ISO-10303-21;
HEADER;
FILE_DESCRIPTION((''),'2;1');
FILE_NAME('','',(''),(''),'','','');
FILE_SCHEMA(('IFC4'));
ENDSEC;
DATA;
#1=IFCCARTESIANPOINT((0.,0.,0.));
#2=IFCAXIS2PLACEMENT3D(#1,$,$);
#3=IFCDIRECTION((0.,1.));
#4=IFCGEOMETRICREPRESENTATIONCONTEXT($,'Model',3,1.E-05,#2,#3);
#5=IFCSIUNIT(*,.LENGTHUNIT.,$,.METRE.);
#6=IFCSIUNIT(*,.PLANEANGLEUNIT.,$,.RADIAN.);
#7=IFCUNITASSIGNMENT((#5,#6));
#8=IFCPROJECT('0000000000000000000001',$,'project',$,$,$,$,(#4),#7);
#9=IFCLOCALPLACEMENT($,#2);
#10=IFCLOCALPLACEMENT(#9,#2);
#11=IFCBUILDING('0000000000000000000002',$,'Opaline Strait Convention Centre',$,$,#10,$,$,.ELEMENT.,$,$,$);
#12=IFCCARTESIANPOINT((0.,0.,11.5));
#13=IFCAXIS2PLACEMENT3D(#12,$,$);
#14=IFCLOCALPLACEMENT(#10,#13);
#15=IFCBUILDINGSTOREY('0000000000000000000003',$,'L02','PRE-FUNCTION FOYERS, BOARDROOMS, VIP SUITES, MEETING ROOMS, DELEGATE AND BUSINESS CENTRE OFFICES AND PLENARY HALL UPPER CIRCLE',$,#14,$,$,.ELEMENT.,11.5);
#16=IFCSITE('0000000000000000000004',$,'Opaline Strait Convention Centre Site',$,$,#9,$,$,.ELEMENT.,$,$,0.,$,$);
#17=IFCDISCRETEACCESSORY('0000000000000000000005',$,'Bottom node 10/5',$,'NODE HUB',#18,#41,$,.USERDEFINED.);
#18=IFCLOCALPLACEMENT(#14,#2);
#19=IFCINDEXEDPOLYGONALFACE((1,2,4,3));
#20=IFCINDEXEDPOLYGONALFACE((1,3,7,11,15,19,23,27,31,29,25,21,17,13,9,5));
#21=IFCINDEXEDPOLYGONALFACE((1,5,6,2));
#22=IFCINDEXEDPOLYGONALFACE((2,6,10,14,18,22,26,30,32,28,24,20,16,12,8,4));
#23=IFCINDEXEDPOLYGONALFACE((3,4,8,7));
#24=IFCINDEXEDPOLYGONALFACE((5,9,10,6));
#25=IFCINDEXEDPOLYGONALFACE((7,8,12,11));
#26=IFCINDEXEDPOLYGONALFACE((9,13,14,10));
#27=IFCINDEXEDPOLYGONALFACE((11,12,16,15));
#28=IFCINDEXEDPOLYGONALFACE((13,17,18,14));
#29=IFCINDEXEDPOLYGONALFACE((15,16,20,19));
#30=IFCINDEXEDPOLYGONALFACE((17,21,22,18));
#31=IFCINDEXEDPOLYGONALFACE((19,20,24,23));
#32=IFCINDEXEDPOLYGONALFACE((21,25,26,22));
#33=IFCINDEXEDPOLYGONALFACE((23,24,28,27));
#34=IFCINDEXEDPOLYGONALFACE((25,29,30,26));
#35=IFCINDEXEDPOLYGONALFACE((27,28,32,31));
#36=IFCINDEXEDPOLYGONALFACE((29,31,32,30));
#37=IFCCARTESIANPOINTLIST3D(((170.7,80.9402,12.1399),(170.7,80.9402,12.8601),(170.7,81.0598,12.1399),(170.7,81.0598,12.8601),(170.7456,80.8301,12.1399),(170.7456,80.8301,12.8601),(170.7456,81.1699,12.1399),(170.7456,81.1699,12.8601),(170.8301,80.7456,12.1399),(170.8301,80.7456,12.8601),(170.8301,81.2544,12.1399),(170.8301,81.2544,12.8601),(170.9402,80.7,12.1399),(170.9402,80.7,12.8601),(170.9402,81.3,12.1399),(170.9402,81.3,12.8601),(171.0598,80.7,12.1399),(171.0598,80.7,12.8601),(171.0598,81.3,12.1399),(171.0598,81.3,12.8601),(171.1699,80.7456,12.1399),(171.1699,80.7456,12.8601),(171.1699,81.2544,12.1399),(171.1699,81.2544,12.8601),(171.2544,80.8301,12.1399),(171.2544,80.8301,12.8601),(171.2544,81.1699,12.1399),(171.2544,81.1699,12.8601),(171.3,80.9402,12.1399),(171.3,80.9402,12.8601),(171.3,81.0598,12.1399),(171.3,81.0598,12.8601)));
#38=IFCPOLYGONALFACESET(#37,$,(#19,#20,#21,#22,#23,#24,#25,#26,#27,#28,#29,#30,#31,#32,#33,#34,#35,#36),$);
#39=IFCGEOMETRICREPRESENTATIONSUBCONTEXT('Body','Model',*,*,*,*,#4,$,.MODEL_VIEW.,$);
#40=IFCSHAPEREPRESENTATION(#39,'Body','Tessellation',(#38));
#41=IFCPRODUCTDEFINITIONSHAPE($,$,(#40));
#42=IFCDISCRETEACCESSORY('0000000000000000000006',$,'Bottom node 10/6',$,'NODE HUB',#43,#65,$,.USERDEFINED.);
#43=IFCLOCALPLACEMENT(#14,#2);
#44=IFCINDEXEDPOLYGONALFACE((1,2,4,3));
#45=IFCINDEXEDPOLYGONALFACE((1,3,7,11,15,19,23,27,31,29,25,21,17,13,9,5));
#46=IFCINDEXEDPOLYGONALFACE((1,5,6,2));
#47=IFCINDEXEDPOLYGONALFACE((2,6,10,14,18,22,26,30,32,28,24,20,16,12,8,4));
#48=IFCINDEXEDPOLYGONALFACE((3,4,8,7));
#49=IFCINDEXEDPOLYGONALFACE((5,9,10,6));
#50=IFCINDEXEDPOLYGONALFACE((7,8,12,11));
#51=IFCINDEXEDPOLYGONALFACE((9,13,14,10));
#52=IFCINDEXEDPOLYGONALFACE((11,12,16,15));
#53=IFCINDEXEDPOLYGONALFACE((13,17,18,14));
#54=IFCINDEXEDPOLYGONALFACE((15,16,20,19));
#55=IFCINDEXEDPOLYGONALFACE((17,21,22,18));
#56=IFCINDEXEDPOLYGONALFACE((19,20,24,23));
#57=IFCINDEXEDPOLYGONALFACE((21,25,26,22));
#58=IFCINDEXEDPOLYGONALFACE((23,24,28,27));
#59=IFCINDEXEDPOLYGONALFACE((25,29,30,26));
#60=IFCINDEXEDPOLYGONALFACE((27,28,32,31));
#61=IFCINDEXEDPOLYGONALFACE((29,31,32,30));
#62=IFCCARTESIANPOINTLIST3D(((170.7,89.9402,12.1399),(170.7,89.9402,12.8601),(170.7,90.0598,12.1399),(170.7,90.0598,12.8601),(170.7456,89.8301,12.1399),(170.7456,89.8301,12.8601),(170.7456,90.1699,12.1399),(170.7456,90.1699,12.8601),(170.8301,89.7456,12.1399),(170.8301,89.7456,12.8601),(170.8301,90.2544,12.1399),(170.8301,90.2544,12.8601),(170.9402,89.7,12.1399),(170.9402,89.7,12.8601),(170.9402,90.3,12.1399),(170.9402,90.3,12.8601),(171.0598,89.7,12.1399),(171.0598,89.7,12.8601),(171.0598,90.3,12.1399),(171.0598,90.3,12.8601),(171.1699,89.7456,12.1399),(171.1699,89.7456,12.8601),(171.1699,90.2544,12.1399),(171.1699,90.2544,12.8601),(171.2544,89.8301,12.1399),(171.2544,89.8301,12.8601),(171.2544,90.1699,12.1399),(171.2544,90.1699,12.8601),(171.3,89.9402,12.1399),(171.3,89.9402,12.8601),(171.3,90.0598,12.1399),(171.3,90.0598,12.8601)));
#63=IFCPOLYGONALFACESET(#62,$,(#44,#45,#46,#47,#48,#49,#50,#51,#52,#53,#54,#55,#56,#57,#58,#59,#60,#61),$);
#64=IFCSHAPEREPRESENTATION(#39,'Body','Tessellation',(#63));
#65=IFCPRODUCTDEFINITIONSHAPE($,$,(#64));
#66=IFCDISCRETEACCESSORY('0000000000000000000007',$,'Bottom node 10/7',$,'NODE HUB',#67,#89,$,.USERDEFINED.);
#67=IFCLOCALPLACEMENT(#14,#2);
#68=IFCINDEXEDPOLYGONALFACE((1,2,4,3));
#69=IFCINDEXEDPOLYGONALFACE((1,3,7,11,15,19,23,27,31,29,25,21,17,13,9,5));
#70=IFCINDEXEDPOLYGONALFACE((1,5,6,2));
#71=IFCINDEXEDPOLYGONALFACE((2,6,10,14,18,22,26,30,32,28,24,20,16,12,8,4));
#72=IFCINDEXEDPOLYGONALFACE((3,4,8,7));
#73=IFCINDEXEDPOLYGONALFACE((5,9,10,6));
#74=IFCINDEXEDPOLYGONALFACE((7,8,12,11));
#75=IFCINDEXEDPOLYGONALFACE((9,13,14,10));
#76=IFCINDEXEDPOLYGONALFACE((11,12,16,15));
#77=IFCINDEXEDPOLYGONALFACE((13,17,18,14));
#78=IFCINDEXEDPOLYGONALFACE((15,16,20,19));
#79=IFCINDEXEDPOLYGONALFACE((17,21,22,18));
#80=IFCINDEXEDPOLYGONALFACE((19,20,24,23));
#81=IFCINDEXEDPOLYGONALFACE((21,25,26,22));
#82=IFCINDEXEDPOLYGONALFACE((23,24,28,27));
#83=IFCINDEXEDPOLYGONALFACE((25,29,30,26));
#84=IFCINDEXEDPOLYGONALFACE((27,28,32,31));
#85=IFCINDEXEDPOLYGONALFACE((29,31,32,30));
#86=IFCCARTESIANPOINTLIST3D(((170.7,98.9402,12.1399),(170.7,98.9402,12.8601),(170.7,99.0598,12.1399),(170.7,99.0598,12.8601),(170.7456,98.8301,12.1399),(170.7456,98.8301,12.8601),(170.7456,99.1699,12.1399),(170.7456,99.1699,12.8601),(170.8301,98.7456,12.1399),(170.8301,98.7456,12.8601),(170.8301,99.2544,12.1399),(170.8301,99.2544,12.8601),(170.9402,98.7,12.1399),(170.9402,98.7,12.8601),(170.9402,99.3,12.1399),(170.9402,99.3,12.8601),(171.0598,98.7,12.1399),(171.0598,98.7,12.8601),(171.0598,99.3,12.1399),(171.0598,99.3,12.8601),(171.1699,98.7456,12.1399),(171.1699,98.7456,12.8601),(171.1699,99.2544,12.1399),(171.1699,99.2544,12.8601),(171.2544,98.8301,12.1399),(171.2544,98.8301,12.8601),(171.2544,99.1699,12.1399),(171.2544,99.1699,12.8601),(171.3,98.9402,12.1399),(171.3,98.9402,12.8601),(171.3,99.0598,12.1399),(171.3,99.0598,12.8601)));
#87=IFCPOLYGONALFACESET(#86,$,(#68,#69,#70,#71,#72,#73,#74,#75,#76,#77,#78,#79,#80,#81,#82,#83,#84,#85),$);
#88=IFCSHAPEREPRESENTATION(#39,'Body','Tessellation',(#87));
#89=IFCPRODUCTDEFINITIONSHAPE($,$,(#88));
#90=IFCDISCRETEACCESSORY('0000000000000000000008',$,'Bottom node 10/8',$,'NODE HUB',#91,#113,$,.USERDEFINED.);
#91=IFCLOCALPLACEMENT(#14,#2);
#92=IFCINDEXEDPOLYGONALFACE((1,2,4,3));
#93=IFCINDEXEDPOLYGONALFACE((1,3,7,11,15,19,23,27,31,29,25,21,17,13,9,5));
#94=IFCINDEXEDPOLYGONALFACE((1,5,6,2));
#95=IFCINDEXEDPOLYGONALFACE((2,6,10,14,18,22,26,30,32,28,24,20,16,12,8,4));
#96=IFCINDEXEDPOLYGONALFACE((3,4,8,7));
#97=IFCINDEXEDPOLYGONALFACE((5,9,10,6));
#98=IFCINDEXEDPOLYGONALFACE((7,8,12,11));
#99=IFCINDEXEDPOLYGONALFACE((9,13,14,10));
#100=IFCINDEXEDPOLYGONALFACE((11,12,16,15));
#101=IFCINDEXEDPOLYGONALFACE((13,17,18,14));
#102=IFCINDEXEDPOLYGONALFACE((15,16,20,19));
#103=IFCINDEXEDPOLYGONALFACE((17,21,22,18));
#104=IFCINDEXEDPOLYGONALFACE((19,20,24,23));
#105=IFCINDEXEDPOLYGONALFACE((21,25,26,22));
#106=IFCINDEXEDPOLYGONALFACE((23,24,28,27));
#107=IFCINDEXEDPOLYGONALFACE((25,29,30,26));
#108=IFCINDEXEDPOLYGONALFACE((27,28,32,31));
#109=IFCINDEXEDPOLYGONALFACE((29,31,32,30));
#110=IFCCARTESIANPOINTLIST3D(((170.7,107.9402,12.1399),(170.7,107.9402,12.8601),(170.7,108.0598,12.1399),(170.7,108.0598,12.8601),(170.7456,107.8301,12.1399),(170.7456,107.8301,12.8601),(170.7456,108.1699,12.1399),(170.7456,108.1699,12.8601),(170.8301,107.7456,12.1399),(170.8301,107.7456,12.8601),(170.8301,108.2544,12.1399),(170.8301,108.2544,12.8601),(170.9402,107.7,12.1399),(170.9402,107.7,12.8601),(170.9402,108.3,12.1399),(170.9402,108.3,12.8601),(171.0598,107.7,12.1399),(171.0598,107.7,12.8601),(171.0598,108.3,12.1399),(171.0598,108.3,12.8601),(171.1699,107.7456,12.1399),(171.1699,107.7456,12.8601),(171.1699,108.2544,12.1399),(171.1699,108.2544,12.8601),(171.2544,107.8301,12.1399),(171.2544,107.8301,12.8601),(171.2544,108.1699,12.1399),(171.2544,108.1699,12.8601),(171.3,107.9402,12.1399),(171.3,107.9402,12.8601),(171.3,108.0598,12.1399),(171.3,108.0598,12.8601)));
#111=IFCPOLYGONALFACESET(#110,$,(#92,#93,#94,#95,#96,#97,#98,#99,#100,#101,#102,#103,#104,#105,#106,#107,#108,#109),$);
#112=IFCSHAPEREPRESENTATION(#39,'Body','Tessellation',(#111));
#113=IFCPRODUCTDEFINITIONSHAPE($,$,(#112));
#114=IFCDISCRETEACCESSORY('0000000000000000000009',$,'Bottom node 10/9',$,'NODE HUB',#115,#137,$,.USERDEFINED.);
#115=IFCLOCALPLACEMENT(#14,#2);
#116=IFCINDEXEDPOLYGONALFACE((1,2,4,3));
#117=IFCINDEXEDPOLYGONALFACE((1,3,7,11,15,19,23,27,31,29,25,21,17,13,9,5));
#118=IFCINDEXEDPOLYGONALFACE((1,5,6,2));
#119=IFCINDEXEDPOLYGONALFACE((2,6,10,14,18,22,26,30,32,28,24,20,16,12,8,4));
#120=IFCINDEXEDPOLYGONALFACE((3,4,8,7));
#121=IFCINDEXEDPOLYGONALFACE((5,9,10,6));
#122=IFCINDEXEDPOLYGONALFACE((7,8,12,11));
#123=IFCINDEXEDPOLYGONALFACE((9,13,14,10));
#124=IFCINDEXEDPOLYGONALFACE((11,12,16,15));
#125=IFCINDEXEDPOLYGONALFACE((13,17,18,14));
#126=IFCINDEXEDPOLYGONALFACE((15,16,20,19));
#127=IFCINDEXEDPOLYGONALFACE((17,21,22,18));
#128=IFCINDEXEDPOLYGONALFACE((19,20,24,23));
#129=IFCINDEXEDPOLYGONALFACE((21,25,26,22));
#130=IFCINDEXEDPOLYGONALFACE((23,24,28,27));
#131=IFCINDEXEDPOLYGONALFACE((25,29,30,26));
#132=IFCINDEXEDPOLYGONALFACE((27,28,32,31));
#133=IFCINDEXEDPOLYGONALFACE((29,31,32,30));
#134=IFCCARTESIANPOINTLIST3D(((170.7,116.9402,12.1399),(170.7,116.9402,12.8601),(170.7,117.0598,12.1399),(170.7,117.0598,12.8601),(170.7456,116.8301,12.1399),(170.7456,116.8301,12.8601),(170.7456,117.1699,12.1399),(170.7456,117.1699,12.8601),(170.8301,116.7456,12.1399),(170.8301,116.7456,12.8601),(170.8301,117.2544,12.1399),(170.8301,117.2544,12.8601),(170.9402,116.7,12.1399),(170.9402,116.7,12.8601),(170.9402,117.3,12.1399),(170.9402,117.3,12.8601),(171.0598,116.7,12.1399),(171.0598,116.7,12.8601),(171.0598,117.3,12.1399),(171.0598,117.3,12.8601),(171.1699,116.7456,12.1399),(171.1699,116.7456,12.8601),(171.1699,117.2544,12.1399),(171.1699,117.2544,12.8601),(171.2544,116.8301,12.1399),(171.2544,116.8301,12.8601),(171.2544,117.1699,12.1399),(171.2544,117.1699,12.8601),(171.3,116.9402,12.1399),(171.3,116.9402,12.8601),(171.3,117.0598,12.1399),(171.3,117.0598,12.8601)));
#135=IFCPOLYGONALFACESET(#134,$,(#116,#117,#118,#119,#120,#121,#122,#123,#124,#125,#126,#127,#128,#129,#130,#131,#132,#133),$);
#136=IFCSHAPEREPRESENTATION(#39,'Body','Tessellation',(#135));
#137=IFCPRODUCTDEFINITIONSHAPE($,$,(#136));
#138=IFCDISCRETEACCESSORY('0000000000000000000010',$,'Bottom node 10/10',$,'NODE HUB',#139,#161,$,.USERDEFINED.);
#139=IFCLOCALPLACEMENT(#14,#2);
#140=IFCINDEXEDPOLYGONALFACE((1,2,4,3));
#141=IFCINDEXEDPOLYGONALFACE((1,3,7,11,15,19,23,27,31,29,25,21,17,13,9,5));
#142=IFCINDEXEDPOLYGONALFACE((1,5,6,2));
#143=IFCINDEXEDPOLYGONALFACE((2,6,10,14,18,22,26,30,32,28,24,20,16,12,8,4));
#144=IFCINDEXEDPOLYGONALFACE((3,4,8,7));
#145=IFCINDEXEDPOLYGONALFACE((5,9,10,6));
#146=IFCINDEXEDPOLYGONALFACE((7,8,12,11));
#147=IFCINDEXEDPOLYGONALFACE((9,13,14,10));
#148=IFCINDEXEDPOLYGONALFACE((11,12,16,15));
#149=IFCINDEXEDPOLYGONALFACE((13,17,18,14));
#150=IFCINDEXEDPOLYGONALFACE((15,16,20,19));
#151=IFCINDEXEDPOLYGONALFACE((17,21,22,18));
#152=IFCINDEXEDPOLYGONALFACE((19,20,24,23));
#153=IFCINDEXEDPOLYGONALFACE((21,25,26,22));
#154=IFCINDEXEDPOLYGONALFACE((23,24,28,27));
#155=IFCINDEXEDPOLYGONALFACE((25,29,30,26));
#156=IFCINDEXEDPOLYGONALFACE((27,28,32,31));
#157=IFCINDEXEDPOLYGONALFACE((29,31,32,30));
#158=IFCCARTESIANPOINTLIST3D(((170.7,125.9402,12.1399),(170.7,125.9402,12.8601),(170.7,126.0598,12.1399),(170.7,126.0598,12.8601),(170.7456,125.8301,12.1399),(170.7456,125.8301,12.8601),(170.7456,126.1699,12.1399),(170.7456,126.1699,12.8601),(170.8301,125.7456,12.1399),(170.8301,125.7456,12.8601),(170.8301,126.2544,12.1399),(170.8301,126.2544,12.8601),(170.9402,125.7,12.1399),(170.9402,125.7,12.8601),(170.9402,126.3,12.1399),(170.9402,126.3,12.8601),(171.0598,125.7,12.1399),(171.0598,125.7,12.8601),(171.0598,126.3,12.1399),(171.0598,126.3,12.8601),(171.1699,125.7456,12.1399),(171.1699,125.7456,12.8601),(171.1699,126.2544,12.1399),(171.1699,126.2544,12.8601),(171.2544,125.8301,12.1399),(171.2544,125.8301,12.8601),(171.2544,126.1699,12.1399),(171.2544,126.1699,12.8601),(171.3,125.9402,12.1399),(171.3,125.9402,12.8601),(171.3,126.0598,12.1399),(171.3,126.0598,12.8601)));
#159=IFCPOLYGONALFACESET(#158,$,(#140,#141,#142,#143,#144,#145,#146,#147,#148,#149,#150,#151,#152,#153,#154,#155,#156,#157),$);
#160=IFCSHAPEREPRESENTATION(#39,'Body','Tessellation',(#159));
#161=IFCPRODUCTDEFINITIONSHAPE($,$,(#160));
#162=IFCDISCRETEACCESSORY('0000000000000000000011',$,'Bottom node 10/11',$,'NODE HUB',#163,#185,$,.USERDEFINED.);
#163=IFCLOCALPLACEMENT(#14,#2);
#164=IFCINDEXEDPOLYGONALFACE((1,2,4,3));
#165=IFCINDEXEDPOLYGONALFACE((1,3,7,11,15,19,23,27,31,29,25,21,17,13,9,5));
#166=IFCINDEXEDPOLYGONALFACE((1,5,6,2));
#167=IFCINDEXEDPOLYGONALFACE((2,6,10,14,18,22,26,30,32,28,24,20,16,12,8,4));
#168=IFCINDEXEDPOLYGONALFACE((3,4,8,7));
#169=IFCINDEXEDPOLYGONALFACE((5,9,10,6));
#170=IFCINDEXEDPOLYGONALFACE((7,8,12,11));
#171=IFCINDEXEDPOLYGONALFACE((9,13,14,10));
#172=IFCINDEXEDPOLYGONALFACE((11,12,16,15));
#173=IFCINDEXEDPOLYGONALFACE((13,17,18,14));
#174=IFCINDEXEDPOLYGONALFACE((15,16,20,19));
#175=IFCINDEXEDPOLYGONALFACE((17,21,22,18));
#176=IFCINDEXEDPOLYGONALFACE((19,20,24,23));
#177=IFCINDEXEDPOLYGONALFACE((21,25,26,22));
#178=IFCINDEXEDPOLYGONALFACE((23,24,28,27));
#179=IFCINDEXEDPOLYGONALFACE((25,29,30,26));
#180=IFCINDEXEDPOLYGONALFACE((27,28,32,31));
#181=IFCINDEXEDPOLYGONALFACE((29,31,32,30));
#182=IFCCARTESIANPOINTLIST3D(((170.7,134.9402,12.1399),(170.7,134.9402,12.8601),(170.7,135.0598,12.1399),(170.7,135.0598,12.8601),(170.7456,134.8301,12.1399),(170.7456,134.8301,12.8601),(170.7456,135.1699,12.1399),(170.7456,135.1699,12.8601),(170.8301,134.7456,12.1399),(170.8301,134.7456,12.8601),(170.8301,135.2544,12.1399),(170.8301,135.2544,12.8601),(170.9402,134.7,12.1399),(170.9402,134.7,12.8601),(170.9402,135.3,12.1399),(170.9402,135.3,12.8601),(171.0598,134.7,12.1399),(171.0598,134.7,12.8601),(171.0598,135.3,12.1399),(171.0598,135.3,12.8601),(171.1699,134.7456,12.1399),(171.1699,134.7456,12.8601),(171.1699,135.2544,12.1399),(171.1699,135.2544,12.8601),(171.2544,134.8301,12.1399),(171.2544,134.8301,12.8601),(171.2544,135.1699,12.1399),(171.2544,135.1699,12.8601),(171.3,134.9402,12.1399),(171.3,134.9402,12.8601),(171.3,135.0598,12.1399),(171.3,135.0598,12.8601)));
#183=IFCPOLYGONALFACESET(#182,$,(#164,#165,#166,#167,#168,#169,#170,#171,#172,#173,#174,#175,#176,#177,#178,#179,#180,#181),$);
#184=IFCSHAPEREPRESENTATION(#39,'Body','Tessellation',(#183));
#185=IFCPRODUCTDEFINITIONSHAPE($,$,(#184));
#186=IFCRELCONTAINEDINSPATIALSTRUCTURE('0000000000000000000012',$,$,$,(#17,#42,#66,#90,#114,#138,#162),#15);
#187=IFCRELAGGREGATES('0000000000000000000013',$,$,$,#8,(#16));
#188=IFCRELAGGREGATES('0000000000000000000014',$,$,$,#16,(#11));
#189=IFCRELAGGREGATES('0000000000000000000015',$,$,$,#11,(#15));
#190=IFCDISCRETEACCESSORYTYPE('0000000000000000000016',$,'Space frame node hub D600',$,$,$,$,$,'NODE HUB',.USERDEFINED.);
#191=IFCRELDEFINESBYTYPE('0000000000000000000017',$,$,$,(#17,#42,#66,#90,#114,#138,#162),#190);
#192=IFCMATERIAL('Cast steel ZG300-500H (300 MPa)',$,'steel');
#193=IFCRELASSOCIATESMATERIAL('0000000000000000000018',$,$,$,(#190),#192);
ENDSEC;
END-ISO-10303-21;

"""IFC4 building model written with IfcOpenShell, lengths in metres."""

from ifc_helpers import new_model, si_unit, direction, frame, origin, place, context, subcontext, project, spatial, polyline, outline, extrude, material, type_object, element, save


model = new_model("IFC4")

# Units and contexts
model_context = context("Model", 3, precision=1e-05, world=origin(), true_north=direction((0.0, 1.0)))
body_context = subcontext(model_context, "Body", "Model", "MODEL_VIEW")
ifc_project = project(units=[si_unit("LENGTHUNIT", "METRE"), si_unit("PLANEANGLEUNIT", "RADIAN")], contexts=[model_context])

# Site, building, storey
site_placement = place(None, origin())
site = spatial("IfcSite", under=ifc_project, at=site_placement, Name="Opaline Strait Convention Centre Site", CompositionType="ELEMENT", RefElevation=0.0)
building_placement = place(site_placement, origin())
building = spatial("IfcBuilding", under=site, at=building_placement, Name="Opaline Strait Convention Centre", CompositionType="ELEMENT")
storey_placement = place(building_placement, frame((0.0, 0.0, 11.5)))
storey = spatial("IfcBuildingStorey", under=building, at=storey_placement, Name="L02", Description="PRE-FUNCTION FOYERS, BOARDROOMS, VIP SUITES, MEETING ROOMS, DELEGATE AND BUSINESS CENTRE OFFICES AND PLENARY HALL UPPER CIRCLE", CompositionType="ELEMENT", Elevation=11.5)

# Discrete accessories
ifc_material = material(Name="Cast steel ZG300-500H (300 MPa)", Category="steel")
discrete_accessory_type_1 = type_object("IfcDiscreteAccessoryType", Name="Space frame node hub D600", ElementType="NODE HUB", PredefinedType="USERDEFINED", material=ifc_material)
discrete_accessory_1_placement = place(storey_placement, frame((0.0, 0.0, 12.1399)))
element("IfcDiscreteAccessory", 1, at=discrete_accessory_1_placement, inside=storey, type_object=discrete_accessory_type_1, Name="Bottom node 10/5", ObjectType="NODE HUB", PredefinedType="USERDEFINED", context=body_context, shape_type="SweptSolid", body=[
    extrude(outline(polyline([(171.3, 81.0598), (171.2544, 81.1699), (171.1699, 81.2544), (171.0598, 81.3), (170.9402, 81.3), (170.8301, 81.2544), (170.7456, 81.1699), (170.7, 81.0598), (170.7, 80.9402), (170.7456, 80.8301), (170.8301, 80.7456), (170.9402, 80.7), (171.0598, 80.7), (171.1699, 80.7456), (171.2544, 80.8301), (171.3, 80.9402), (171.3, 81.0598)])), origin(), (0.0, 0.0, 1.0), 0.7202),
])
discrete_accessory_2_placement = place(storey_placement, frame((0.0, 0.0, 12.1399)))
element("IfcDiscreteAccessory", 2, at=discrete_accessory_2_placement, inside=storey, type_object=discrete_accessory_type_1, Name="Bottom node 10/6", ObjectType="NODE HUB", PredefinedType="USERDEFINED", context=body_context, shape_type="SweptSolid", body=[
    extrude(outline(polyline([(171.3, 90.0598), (171.2544, 90.1699), (171.1699, 90.2544), (171.0598, 90.3), (170.9402, 90.3), (170.8301, 90.2544), (170.7456, 90.1699), (170.7, 90.0598), (170.7, 89.9402), (170.7456, 89.8301), (170.8301, 89.7456), (170.9402, 89.7), (171.0598, 89.7), (171.1699, 89.7456), (171.2544, 89.8301), (171.3, 89.9402), (171.3, 90.0598)])), origin(), (0.0, 0.0, 1.0), 0.7202),
])
discrete_accessory_3_placement = place(storey_placement, frame((0.0, 0.0, 12.1399)))
element("IfcDiscreteAccessory", 3, at=discrete_accessory_3_placement, inside=storey, type_object=discrete_accessory_type_1, Name="Bottom node 10/7", ObjectType="NODE HUB", PredefinedType="USERDEFINED", context=body_context, shape_type="SweptSolid", body=[
    extrude(outline(polyline([(171.3, 99.0598), (171.2544, 99.1699), (171.1699, 99.2544), (171.0598, 99.3), (170.9402, 99.3), (170.8301, 99.2544), (170.7456, 99.1699), (170.7, 99.0598), (170.7, 98.9402), (170.7456, 98.8301), (170.8301, 98.7456), (170.9402, 98.7), (171.0598, 98.7), (171.1699, 98.7456), (171.2544, 98.8301), (171.3, 98.9402), (171.3, 99.0598)])), origin(), (0.0, 0.0, 1.0), 0.7202),
])
discrete_accessory_4_placement = place(storey_placement, frame((0.0, 0.0, 12.1399)))
element("IfcDiscreteAccessory", 4, at=discrete_accessory_4_placement, inside=storey, type_object=discrete_accessory_type_1, Name="Bottom node 10/8", ObjectType="NODE HUB", PredefinedType="USERDEFINED", context=body_context, shape_type="SweptSolid", body=[
    extrude(outline(polyline([(171.3, 108.0598), (171.2544, 108.1699), (171.1699, 108.2544), (171.0598, 108.3), (170.9402, 108.3), (170.8301, 108.2544), (170.7456, 108.1699), (170.7, 108.0598), (170.7, 107.9402), (170.7456, 107.8301), (170.8301, 107.7456), (170.9402, 107.7), (171.0598, 107.7), (171.1699, 107.7456), (171.2544, 107.8301), (171.3, 107.9402), (171.3, 108.0598)])), origin(), (0.0, 0.0, 1.0), 0.7202),
])
discrete_accessory_5_placement = place(storey_placement, frame((0.0, 0.0, 12.1399)))
element("IfcDiscreteAccessory", 5, at=discrete_accessory_5_placement, inside=storey, type_object=discrete_accessory_type_1, Name="Bottom node 10/9", ObjectType="NODE HUB", PredefinedType="USERDEFINED", context=body_context, shape_type="SweptSolid", body=[
    extrude(outline(polyline([(171.3, 117.0598), (171.2544, 117.1699), (171.1699, 117.2544), (171.0598, 117.3), (170.9402, 117.3), (170.8301, 117.2544), (170.7456, 117.1699), (170.7, 117.0598), (170.7, 116.9402), (170.7456, 116.8301), (170.8301, 116.7456), (170.9402, 116.7), (171.0598, 116.7), (171.1699, 116.7456), (171.2544, 116.8301), (171.3, 116.9402), (171.3, 117.0598)])), origin(), (0.0, 0.0, 1.0), 0.7202),
])
discrete_accessory_6_placement = place(storey_placement, frame((0.0, 0.0, 12.1399)))
element("IfcDiscreteAccessory", 6, at=discrete_accessory_6_placement, inside=storey, type_object=discrete_accessory_type_1, Name="Bottom node 10/10", ObjectType="NODE HUB", PredefinedType="USERDEFINED", context=body_context, shape_type="SweptSolid", body=[
    extrude(outline(polyline([(171.3, 126.0598), (171.2544, 126.1699), (171.1699, 126.2544), (171.0598, 126.3), (170.9402, 126.3), (170.8301, 126.2544), (170.7456, 126.1699), (170.7, 126.0598), (170.7, 125.9402), (170.7456, 125.8301), (170.8301, 125.7456), (170.9402, 125.7), (171.0598, 125.7), (171.1699, 125.7456), (171.2544, 125.8301), (171.3, 125.9402), (171.3, 126.0598)])), origin(), (0.0, 0.0, 1.0), 0.7202),
])
discrete_accessory_7_placement = place(storey_placement, frame((0.0, 0.0, 12.1399)))
element("IfcDiscreteAccessory", 7, at=discrete_accessory_7_placement, inside=storey, type_object=discrete_accessory_type_1, Name="Bottom node 10/11", ObjectType="NODE HUB", PredefinedType="USERDEFINED", context=body_context, shape_type="SweptSolid", body=[
    extrude(outline(polyline([(171.3, 135.0598), (171.2544, 135.1699), (171.1699, 135.2544), (171.0598, 135.3), (170.9402, 135.3), (170.8301, 135.2544), (170.7456, 135.1699), (170.7, 135.0598), (170.7, 134.9402), (170.7456, 134.8301), (170.8301, 134.7456), (170.9402, 134.7), (171.0598, 134.7), (171.1699, 134.7456), (171.2544, 134.8301), (171.3, 134.9402), (171.3, 135.0598)])), origin(), (0.0, 0.0, 1.0), 0.7202),
])

save(model, "model.ifc")
